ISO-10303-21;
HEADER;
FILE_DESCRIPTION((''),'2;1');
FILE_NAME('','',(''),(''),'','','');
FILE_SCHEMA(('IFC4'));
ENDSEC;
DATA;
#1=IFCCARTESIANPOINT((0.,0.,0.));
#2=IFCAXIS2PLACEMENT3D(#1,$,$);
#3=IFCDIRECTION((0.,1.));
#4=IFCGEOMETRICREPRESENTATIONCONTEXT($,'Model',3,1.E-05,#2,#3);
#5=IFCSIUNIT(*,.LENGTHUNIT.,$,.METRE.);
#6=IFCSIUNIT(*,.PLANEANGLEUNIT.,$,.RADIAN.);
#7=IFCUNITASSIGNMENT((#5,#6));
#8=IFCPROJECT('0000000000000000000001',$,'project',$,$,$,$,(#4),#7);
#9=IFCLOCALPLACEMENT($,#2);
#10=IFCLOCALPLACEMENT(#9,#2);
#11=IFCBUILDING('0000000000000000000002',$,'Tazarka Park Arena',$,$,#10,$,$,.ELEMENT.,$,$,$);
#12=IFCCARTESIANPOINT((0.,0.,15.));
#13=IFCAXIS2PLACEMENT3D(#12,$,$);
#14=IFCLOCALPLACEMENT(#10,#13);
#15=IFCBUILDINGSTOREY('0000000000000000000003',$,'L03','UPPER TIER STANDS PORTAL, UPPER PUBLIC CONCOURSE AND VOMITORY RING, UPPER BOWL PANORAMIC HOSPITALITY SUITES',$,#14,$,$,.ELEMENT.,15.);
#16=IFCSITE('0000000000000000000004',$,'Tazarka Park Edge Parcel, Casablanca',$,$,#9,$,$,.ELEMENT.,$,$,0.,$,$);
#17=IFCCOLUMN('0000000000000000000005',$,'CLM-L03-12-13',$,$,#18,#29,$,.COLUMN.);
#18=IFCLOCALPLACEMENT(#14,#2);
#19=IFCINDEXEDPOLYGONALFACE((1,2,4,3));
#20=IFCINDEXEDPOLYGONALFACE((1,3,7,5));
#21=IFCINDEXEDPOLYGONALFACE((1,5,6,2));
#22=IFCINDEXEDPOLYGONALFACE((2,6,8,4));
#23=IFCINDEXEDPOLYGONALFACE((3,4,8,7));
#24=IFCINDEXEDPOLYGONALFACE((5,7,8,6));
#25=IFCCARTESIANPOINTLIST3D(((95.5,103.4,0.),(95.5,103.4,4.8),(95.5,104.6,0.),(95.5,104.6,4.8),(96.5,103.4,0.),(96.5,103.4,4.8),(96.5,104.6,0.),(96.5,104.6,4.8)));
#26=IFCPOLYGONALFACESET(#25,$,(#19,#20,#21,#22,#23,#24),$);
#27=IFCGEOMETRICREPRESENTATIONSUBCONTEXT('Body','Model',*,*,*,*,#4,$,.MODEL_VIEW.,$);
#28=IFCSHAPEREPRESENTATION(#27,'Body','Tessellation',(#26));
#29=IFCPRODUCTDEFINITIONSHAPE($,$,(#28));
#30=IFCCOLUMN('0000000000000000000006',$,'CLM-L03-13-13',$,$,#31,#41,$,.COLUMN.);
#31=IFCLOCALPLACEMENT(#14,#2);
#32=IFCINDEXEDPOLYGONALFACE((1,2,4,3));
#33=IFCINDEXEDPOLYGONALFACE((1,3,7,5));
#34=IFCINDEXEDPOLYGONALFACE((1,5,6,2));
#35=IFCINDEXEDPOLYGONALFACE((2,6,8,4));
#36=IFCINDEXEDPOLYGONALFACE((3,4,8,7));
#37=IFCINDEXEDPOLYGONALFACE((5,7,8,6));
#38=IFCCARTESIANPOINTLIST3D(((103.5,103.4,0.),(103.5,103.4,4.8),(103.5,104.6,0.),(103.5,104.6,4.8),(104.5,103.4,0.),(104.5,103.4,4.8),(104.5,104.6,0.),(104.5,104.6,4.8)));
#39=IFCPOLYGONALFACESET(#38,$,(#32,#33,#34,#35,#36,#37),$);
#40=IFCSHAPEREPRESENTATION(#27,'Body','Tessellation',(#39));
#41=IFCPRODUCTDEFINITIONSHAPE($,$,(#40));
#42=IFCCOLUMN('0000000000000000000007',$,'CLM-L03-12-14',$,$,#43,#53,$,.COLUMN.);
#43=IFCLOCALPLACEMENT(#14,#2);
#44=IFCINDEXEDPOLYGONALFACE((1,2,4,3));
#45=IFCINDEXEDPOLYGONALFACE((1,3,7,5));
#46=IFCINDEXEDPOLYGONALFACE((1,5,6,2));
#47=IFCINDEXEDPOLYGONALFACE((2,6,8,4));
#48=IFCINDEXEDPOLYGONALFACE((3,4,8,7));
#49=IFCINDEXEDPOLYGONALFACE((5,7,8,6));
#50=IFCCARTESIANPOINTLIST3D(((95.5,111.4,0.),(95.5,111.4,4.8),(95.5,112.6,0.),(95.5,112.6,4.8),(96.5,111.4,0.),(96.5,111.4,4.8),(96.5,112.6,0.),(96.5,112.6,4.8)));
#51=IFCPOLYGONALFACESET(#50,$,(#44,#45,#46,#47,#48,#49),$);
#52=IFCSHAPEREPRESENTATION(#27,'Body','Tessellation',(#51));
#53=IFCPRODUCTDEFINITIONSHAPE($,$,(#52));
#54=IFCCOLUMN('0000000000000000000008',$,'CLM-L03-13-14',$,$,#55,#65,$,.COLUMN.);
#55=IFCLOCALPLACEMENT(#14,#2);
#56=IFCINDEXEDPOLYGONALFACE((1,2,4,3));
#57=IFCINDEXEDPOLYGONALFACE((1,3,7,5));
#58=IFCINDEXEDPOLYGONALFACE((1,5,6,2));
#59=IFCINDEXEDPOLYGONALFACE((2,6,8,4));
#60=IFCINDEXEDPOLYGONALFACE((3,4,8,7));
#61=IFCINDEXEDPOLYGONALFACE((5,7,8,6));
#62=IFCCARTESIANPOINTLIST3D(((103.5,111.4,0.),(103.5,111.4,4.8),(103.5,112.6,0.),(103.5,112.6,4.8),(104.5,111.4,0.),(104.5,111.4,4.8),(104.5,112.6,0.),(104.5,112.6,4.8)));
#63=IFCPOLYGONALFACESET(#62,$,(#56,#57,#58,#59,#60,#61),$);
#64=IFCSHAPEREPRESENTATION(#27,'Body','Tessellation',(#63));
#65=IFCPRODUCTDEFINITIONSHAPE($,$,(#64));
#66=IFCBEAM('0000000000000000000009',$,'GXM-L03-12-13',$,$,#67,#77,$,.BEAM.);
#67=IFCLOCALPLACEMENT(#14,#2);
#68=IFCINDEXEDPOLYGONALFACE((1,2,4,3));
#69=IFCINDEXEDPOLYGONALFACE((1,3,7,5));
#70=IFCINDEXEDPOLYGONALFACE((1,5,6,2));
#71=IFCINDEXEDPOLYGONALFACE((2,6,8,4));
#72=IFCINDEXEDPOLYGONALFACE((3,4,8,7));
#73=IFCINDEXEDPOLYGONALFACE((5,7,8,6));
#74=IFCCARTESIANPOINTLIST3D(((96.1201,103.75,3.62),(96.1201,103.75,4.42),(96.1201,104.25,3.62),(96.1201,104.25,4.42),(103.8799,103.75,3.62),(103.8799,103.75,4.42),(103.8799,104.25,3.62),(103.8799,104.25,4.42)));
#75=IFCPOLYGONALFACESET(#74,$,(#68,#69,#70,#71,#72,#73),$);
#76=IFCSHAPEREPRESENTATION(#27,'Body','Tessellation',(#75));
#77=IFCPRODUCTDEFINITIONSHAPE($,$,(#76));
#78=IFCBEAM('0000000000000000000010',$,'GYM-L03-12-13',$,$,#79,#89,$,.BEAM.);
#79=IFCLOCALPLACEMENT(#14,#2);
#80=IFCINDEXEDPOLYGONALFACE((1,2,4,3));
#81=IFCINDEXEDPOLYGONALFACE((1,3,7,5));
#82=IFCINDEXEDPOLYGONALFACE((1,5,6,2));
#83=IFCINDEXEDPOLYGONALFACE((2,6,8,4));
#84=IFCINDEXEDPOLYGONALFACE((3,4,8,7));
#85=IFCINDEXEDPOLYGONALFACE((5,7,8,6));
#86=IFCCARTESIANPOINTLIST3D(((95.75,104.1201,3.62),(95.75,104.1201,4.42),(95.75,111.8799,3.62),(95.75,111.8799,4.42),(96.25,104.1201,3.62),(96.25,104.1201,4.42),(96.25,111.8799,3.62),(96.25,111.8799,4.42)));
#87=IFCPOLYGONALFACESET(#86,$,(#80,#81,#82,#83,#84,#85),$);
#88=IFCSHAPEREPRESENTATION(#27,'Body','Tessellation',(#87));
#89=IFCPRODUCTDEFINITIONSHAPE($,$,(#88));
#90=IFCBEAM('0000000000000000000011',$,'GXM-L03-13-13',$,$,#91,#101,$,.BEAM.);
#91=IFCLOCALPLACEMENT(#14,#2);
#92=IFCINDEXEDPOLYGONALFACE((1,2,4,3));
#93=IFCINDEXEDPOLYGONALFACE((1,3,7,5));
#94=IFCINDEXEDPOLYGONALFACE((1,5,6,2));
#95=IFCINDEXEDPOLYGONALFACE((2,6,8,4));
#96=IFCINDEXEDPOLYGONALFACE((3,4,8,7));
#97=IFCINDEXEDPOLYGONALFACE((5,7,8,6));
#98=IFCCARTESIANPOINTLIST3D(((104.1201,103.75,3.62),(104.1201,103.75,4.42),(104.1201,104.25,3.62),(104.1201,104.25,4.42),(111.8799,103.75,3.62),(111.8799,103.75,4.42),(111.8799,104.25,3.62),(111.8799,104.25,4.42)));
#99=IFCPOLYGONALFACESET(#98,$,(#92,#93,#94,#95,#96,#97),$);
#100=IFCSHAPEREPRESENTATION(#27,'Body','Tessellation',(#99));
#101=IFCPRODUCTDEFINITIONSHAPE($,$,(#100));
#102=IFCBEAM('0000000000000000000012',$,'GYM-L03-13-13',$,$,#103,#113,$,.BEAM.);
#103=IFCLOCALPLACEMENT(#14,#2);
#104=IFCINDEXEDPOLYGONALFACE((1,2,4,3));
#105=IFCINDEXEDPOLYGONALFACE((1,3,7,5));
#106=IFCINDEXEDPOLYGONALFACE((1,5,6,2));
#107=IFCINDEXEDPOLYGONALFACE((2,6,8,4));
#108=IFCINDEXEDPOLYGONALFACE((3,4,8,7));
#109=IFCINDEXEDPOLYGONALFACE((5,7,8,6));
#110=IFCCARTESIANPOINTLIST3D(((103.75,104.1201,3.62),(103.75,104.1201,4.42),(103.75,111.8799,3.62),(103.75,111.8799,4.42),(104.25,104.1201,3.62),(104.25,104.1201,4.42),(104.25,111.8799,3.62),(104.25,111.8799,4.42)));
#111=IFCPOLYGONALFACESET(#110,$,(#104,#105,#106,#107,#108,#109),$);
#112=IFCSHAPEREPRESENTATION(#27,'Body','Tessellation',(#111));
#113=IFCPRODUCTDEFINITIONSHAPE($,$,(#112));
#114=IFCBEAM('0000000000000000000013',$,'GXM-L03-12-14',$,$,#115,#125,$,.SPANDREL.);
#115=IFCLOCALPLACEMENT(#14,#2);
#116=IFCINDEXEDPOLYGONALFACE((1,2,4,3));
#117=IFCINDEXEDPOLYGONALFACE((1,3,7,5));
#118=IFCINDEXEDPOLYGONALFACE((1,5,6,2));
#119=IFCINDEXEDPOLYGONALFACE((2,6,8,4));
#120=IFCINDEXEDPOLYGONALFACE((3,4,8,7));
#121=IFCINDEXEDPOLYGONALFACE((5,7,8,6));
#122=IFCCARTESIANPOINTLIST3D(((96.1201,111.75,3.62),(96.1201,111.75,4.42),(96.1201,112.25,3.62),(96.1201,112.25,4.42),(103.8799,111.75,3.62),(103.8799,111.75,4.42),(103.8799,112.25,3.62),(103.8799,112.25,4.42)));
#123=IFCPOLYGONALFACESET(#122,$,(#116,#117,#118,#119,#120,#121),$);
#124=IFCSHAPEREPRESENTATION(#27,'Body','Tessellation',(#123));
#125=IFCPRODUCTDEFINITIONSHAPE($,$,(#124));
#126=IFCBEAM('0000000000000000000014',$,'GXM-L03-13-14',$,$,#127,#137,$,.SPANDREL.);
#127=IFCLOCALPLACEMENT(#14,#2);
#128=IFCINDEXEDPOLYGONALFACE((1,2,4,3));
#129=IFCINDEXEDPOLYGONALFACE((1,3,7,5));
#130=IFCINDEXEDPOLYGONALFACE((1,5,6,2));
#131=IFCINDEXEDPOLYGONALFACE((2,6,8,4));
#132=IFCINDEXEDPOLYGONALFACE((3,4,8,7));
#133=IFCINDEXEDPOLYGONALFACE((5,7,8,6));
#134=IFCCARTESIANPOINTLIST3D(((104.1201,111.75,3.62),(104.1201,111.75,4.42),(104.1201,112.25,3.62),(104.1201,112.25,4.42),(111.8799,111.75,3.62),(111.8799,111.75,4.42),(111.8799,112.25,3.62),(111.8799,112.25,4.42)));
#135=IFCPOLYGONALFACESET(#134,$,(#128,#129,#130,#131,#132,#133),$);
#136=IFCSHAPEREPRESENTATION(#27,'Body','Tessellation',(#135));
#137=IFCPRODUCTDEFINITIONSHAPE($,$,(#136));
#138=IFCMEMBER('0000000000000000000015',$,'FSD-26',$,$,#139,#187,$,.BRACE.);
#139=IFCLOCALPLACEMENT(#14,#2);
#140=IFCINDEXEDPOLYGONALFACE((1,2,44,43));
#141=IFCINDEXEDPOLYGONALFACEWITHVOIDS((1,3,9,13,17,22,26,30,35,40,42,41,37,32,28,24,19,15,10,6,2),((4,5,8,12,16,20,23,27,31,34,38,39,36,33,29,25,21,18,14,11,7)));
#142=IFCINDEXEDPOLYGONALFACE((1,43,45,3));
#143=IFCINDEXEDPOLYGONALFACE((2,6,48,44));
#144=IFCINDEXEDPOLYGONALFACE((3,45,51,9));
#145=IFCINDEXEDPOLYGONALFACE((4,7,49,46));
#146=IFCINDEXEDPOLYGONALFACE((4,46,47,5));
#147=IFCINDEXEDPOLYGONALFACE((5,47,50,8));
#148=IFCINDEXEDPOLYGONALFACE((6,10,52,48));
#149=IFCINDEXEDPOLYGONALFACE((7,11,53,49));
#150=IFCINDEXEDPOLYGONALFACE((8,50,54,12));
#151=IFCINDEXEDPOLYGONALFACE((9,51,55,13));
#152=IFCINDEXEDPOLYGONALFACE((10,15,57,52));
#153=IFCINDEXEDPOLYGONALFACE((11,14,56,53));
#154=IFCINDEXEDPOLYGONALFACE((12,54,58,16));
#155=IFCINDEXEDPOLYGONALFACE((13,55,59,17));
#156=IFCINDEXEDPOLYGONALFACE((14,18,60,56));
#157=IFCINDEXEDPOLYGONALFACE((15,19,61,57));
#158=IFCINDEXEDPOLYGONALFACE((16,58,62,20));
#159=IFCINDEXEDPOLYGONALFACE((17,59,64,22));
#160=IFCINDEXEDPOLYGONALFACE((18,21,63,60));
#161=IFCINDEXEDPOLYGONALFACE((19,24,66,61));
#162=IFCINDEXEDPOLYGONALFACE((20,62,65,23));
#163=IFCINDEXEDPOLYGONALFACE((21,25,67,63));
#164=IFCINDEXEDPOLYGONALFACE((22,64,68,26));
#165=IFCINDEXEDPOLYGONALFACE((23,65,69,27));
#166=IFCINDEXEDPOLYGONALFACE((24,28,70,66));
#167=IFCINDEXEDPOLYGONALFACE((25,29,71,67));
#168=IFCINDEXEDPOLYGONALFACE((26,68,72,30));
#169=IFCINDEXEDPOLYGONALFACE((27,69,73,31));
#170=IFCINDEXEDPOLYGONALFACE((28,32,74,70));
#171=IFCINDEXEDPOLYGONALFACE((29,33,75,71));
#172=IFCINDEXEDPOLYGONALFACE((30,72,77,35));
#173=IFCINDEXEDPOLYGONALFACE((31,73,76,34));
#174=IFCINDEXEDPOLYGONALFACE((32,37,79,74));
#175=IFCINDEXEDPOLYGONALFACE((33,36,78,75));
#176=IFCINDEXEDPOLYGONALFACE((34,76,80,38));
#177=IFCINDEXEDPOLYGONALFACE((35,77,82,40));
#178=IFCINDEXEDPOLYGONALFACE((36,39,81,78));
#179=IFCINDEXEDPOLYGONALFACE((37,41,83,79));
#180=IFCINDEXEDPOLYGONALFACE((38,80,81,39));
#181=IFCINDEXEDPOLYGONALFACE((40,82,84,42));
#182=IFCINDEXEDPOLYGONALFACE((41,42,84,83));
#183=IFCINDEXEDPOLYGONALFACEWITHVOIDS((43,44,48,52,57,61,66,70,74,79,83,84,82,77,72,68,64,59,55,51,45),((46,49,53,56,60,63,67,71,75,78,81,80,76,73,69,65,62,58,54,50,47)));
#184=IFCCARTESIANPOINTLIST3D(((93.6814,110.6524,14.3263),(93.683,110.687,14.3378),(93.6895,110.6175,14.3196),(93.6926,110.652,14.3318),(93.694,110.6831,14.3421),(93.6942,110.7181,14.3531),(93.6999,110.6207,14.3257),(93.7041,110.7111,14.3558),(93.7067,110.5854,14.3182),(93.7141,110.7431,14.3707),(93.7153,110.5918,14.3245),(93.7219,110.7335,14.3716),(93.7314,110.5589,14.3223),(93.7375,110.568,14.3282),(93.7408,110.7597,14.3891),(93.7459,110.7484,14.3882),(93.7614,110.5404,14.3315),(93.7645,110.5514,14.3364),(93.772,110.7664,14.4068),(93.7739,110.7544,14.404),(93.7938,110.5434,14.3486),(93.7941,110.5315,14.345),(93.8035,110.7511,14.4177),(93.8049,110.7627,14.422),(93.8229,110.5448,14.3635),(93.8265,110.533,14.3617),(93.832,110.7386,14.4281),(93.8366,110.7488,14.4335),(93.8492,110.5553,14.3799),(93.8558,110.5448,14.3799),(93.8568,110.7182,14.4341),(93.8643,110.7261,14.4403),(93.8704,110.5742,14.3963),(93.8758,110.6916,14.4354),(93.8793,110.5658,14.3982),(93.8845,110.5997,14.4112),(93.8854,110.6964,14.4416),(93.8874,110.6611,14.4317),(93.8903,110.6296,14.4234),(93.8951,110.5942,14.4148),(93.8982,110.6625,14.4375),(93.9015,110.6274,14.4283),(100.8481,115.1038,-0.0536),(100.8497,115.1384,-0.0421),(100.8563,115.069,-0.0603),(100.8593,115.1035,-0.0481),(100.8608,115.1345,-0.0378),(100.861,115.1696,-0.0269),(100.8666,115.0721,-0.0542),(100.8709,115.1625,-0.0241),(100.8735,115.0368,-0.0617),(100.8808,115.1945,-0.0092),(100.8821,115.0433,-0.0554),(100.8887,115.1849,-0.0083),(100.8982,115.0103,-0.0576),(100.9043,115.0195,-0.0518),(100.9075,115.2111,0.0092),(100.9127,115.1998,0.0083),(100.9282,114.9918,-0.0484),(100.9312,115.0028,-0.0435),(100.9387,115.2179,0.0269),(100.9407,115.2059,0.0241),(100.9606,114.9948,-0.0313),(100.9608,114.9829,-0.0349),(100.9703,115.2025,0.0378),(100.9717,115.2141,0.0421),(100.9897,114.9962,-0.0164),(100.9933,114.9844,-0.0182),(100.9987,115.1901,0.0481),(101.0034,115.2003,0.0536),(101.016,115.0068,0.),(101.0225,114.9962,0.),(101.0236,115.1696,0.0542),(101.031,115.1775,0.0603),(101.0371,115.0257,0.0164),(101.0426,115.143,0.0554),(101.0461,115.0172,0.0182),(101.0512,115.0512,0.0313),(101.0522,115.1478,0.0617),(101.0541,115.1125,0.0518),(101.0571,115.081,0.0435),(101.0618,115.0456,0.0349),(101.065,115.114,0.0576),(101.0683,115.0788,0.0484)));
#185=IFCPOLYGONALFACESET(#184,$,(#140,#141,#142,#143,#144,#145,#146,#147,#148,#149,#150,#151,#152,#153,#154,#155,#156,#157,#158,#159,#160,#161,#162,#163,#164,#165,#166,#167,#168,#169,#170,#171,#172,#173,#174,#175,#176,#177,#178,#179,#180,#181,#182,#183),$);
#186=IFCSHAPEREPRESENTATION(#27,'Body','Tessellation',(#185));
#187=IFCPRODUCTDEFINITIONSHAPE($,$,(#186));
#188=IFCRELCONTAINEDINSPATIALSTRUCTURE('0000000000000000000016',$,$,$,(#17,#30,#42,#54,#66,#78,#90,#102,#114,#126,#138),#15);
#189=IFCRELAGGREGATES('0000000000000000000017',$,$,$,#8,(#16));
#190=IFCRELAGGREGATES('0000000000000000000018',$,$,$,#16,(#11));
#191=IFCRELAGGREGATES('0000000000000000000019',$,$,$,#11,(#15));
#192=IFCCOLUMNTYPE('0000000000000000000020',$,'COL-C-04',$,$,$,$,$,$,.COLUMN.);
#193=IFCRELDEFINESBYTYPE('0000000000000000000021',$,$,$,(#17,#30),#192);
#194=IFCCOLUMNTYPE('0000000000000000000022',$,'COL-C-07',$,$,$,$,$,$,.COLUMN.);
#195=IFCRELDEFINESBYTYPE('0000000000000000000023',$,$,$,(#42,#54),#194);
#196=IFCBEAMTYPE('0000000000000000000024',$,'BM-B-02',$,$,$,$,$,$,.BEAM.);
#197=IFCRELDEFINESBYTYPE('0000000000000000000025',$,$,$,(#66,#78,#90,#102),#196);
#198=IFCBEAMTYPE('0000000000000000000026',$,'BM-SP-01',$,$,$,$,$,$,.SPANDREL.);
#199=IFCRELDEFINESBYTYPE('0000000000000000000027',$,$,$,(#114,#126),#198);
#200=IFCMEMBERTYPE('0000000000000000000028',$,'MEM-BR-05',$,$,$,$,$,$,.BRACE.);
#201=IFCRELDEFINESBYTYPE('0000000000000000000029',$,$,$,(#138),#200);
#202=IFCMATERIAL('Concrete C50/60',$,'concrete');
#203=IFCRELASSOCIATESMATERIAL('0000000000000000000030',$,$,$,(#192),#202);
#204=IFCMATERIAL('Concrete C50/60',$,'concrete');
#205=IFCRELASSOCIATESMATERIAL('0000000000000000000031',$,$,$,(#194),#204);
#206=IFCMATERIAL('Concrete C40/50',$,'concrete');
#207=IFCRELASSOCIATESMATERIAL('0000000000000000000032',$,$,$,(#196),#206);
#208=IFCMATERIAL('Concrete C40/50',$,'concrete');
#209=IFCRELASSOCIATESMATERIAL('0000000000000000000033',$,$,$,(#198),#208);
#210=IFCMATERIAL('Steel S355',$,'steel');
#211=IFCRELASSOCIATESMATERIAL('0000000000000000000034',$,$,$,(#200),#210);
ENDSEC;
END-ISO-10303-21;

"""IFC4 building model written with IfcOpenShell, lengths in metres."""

from ifc_helpers import new_model, si_unit, direction, frame, origin, origin_2d, place, context, subcontext, project, spatial, rectangle, hollow_circle, extrude, material, material_profile, profile_set, type_object, element, save


model = new_model("IFC4")

# Units and contexts
model_context = context("Model", 3, precision=1e-05, world=origin(), true_north=direction((0.0, 1.0)))
body_context = subcontext(model_context, "Body", "Model", "MODEL_VIEW")
ifc_project = project(units=[si_unit("LENGTHUNIT", "METRE"), si_unit("PLANEANGLEUNIT", "RADIAN")], contexts=[model_context])

# Site, building, storey
site_placement = place(None, origin())
site = spatial("IfcSite", under=ifc_project, at=site_placement, Name="Tazarka Park Edge Parcel, Casablanca", CompositionType="ELEMENT", RefElevation=0.0)
building_placement = place(site_placement, origin())
building = spatial("IfcBuilding", under=site, at=building_placement, Name="Tazarka Park Arena", CompositionType="ELEMENT")
storey_placement = place(building_placement, frame((0.0, 0.0, 15.0)))
storey = spatial("IfcBuildingStorey", under=building, at=storey_placement, Name="L03", Description="UPPER TIER STANDS PORTAL, UPPER PUBLIC CONCOURSE AND VOMITORY RING, UPPER BOWL PANORAMIC HOSPITALITY SUITES", CompositionType="ELEMENT", Elevation=15.0)

# Columns
ifc_material_1 = material(Name="Concrete C50/60", Category="concrete")
ifc_material_profile_1 = material_profile(ifc_material_1, rectangle(XDim=1.0, YDim=1.2, at=origin_2d()), Name="Concrete C50/60")
ifc_profile_set_1 = profile_set([ifc_material_profile_1], Name="Concrete C50/60")
column_type_1 = type_object("IfcColumnType", Name="COL-C-04", PredefinedType="COLUMN", material=ifc_profile_set_1)
for number, where, z_axis, x_axis, name in (
    (1, (96.0, 104.0, 0.0), (0.0, 0.0, 1.0), (1.0, 0.0, 0.0), "CLM-L03-12-13"),
    (2, (104.0, 104.0, 0.0), (0.0, 0.0, 1.0), (1.0, 0.0, 0.0), "CLM-L03-13-13"),
):
    element("IfcColumn", number, at=place(storey_placement, frame(where, z_axis=z_axis, x_axis=x_axis)), inside=storey, type_object=column_type_1, Name=name, PredefinedType="COLUMN", context=body_context, shape_type="SweptSolid", body=[
        extrude(rectangle(XDim=1.0, YDim=1.2, at=origin_2d()), origin(), (0.0, 0.0, 1.0), 4.8),
    ])
ifc_material_2 = material(Name="Concrete C50/60", Category="concrete")
ifc_material_profile_2 = material_profile(ifc_material_2, rectangle(XDim=1.0, YDim=1.2, at=origin_2d()), Name="Concrete C50/60")
ifc_profile_set_2 = profile_set([ifc_material_profile_2], Name="Concrete C50/60")
column_type_2 = type_object("IfcColumnType", Name="COL-C-07", PredefinedType="COLUMN", material=ifc_profile_set_2)
for number, where, z_axis, x_axis, name in (
    (3, (96.0, 112.0, 0.0), (0.0, 0.0, 1.0), (1.0, 0.0, 0.0), "CLM-L03-12-14"),
    (4, (104.0, 112.0, 0.0), (0.0, 0.0, 1.0), (1.0, 0.0, 0.0), "CLM-L03-13-14"),
):
    element("IfcColumn", number, at=place(storey_placement, frame(where, z_axis=z_axis, x_axis=x_axis)), inside=storey, type_object=column_type_2, Name=name, PredefinedType="COLUMN", context=body_context, shape_type="SweptSolid", body=[
        extrude(rectangle(XDim=1.0, YDim=1.2, at=origin_2d()), origin(), (0.0, 0.0, 1.0), 4.8),
    ])

# Beams
ifc_material_3 = material(Name="Concrete C40/50", Category="concrete")
ifc_material_profile_3 = material_profile(ifc_material_3, rectangle(XDim=0.5, YDim=0.8, at=origin_2d()), Name="Concrete C40/50")
ifc_profile_set_3 = profile_set([ifc_material_profile_3], Name="Concrete C40/50")
beam_type_1 = type_object("IfcBeamType", Name="BM-B-02", PredefinedType="BEAM", material=ifc_profile_set_3)
for number, where, z_axis, x_axis, name in (
    (5, (96.1201, 104.0, 4.02), (1.0, 0.0, 0.0), (0.0, 1.0, 0.0), "GXM-L03-12-13"),
    (6, (96.0, 104.1201, 4.02), (0.0, 1.0, 0.0), (-1.0, 0.0, 0.0), "GYM-L03-12-13"),
    (7, (104.1201, 104.0, 4.02), (1.0, 0.0, 0.0), (0.0, 1.0, 0.0), "GXM-L03-13-13"),
    (8, (104.0, 104.1201, 4.02), (0.0, 1.0, 0.0), (-1.0, 0.0, 0.0), "GYM-L03-13-13"),
):
    element("IfcBeam", number, at=place(storey_placement, frame(where, z_axis=z_axis, x_axis=x_axis)), inside=storey, type_object=beam_type_1, Name=name, PredefinedType="BEAM", context=body_context, shape_type="SweptSolid", body=[
        extrude(rectangle(XDim=0.5, YDim=0.8, at=origin_2d()), origin(), (0.0, 0.0, 1.0), 7.7598),
    ])
ifc_material_4 = material(Name="Concrete C40/50", Category="concrete")
ifc_material_profile_4 = material_profile(ifc_material_4, rectangle(XDim=0.5, YDim=0.8, at=origin_2d()), Name="Concrete C40/50")
ifc_profile_set_4 = profile_set([ifc_material_profile_4], Name="Concrete C40/50")
beam_type_2 = type_object("IfcBeamType", Name="BM-SP-01", PredefinedType="SPANDREL", material=ifc_profile_set_4)
for number, where, z_axis, x_axis, name in (
    (9, (96.1201, 112.0, 4.02), (1.0, 0.0, 0.0), (0.0, 1.0, 0.0), "GXM-L03-12-14"),
    (10, (104.1201, 112.0, 4.02), (1.0, 0.0, 0.0), (0.0, 1.0, 0.0), "GXM-L03-13-14"),
):
    element("IfcBeam", number, at=place(storey_placement, frame(where, z_axis=z_axis, x_axis=x_axis)), inside=storey, type_object=beam_type_2, Name=name, PredefinedType="SPANDREL", context=body_context, shape_type="SweptSolid", body=[
        extrude(rectangle(XDim=0.5, YDim=0.8, at=origin_2d()), origin(), (0.0, 0.0, 1.0), 7.7598),
    ])

# Member
ifc_material_5 = material(Name="Steel S355", Category="steel")
ifc_material_profile_5 = material_profile(ifc_material_5, hollow_circle(Radius=0.1223, WallThickness=0.0125, at=origin_2d()), Name="Steel S355")
ifc_profile_set_5 = profile_set([ifc_material_profile_5], Name="Steel S355")
member_type_1 = type_object("IfcMemberType", Name="MEM-BR-05", PredefinedType="BRACE", material=ifc_profile_set_5)
member_1_placement = place(storey_placement, frame((100.958, 115.1001, 0.0), z_axis=(-0.429865, -0.266998, 0.862513), x_axis=(0.527627, -0.849476, 0.0)))
element("IfcMember", 11, at=member_1_placement, inside=storey, type_object=member_type_1, Name="FSD-26", PredefinedType="BRACE", context=body_context, shape_type="SweptSolid", body=[
    extrude(hollow_circle(Radius=0.1223, WallThickness=0.0125, at=origin_2d()), origin(), (0.0, 0.0, 1.0), 16.6721),
])

save(model, "model.ifc")
